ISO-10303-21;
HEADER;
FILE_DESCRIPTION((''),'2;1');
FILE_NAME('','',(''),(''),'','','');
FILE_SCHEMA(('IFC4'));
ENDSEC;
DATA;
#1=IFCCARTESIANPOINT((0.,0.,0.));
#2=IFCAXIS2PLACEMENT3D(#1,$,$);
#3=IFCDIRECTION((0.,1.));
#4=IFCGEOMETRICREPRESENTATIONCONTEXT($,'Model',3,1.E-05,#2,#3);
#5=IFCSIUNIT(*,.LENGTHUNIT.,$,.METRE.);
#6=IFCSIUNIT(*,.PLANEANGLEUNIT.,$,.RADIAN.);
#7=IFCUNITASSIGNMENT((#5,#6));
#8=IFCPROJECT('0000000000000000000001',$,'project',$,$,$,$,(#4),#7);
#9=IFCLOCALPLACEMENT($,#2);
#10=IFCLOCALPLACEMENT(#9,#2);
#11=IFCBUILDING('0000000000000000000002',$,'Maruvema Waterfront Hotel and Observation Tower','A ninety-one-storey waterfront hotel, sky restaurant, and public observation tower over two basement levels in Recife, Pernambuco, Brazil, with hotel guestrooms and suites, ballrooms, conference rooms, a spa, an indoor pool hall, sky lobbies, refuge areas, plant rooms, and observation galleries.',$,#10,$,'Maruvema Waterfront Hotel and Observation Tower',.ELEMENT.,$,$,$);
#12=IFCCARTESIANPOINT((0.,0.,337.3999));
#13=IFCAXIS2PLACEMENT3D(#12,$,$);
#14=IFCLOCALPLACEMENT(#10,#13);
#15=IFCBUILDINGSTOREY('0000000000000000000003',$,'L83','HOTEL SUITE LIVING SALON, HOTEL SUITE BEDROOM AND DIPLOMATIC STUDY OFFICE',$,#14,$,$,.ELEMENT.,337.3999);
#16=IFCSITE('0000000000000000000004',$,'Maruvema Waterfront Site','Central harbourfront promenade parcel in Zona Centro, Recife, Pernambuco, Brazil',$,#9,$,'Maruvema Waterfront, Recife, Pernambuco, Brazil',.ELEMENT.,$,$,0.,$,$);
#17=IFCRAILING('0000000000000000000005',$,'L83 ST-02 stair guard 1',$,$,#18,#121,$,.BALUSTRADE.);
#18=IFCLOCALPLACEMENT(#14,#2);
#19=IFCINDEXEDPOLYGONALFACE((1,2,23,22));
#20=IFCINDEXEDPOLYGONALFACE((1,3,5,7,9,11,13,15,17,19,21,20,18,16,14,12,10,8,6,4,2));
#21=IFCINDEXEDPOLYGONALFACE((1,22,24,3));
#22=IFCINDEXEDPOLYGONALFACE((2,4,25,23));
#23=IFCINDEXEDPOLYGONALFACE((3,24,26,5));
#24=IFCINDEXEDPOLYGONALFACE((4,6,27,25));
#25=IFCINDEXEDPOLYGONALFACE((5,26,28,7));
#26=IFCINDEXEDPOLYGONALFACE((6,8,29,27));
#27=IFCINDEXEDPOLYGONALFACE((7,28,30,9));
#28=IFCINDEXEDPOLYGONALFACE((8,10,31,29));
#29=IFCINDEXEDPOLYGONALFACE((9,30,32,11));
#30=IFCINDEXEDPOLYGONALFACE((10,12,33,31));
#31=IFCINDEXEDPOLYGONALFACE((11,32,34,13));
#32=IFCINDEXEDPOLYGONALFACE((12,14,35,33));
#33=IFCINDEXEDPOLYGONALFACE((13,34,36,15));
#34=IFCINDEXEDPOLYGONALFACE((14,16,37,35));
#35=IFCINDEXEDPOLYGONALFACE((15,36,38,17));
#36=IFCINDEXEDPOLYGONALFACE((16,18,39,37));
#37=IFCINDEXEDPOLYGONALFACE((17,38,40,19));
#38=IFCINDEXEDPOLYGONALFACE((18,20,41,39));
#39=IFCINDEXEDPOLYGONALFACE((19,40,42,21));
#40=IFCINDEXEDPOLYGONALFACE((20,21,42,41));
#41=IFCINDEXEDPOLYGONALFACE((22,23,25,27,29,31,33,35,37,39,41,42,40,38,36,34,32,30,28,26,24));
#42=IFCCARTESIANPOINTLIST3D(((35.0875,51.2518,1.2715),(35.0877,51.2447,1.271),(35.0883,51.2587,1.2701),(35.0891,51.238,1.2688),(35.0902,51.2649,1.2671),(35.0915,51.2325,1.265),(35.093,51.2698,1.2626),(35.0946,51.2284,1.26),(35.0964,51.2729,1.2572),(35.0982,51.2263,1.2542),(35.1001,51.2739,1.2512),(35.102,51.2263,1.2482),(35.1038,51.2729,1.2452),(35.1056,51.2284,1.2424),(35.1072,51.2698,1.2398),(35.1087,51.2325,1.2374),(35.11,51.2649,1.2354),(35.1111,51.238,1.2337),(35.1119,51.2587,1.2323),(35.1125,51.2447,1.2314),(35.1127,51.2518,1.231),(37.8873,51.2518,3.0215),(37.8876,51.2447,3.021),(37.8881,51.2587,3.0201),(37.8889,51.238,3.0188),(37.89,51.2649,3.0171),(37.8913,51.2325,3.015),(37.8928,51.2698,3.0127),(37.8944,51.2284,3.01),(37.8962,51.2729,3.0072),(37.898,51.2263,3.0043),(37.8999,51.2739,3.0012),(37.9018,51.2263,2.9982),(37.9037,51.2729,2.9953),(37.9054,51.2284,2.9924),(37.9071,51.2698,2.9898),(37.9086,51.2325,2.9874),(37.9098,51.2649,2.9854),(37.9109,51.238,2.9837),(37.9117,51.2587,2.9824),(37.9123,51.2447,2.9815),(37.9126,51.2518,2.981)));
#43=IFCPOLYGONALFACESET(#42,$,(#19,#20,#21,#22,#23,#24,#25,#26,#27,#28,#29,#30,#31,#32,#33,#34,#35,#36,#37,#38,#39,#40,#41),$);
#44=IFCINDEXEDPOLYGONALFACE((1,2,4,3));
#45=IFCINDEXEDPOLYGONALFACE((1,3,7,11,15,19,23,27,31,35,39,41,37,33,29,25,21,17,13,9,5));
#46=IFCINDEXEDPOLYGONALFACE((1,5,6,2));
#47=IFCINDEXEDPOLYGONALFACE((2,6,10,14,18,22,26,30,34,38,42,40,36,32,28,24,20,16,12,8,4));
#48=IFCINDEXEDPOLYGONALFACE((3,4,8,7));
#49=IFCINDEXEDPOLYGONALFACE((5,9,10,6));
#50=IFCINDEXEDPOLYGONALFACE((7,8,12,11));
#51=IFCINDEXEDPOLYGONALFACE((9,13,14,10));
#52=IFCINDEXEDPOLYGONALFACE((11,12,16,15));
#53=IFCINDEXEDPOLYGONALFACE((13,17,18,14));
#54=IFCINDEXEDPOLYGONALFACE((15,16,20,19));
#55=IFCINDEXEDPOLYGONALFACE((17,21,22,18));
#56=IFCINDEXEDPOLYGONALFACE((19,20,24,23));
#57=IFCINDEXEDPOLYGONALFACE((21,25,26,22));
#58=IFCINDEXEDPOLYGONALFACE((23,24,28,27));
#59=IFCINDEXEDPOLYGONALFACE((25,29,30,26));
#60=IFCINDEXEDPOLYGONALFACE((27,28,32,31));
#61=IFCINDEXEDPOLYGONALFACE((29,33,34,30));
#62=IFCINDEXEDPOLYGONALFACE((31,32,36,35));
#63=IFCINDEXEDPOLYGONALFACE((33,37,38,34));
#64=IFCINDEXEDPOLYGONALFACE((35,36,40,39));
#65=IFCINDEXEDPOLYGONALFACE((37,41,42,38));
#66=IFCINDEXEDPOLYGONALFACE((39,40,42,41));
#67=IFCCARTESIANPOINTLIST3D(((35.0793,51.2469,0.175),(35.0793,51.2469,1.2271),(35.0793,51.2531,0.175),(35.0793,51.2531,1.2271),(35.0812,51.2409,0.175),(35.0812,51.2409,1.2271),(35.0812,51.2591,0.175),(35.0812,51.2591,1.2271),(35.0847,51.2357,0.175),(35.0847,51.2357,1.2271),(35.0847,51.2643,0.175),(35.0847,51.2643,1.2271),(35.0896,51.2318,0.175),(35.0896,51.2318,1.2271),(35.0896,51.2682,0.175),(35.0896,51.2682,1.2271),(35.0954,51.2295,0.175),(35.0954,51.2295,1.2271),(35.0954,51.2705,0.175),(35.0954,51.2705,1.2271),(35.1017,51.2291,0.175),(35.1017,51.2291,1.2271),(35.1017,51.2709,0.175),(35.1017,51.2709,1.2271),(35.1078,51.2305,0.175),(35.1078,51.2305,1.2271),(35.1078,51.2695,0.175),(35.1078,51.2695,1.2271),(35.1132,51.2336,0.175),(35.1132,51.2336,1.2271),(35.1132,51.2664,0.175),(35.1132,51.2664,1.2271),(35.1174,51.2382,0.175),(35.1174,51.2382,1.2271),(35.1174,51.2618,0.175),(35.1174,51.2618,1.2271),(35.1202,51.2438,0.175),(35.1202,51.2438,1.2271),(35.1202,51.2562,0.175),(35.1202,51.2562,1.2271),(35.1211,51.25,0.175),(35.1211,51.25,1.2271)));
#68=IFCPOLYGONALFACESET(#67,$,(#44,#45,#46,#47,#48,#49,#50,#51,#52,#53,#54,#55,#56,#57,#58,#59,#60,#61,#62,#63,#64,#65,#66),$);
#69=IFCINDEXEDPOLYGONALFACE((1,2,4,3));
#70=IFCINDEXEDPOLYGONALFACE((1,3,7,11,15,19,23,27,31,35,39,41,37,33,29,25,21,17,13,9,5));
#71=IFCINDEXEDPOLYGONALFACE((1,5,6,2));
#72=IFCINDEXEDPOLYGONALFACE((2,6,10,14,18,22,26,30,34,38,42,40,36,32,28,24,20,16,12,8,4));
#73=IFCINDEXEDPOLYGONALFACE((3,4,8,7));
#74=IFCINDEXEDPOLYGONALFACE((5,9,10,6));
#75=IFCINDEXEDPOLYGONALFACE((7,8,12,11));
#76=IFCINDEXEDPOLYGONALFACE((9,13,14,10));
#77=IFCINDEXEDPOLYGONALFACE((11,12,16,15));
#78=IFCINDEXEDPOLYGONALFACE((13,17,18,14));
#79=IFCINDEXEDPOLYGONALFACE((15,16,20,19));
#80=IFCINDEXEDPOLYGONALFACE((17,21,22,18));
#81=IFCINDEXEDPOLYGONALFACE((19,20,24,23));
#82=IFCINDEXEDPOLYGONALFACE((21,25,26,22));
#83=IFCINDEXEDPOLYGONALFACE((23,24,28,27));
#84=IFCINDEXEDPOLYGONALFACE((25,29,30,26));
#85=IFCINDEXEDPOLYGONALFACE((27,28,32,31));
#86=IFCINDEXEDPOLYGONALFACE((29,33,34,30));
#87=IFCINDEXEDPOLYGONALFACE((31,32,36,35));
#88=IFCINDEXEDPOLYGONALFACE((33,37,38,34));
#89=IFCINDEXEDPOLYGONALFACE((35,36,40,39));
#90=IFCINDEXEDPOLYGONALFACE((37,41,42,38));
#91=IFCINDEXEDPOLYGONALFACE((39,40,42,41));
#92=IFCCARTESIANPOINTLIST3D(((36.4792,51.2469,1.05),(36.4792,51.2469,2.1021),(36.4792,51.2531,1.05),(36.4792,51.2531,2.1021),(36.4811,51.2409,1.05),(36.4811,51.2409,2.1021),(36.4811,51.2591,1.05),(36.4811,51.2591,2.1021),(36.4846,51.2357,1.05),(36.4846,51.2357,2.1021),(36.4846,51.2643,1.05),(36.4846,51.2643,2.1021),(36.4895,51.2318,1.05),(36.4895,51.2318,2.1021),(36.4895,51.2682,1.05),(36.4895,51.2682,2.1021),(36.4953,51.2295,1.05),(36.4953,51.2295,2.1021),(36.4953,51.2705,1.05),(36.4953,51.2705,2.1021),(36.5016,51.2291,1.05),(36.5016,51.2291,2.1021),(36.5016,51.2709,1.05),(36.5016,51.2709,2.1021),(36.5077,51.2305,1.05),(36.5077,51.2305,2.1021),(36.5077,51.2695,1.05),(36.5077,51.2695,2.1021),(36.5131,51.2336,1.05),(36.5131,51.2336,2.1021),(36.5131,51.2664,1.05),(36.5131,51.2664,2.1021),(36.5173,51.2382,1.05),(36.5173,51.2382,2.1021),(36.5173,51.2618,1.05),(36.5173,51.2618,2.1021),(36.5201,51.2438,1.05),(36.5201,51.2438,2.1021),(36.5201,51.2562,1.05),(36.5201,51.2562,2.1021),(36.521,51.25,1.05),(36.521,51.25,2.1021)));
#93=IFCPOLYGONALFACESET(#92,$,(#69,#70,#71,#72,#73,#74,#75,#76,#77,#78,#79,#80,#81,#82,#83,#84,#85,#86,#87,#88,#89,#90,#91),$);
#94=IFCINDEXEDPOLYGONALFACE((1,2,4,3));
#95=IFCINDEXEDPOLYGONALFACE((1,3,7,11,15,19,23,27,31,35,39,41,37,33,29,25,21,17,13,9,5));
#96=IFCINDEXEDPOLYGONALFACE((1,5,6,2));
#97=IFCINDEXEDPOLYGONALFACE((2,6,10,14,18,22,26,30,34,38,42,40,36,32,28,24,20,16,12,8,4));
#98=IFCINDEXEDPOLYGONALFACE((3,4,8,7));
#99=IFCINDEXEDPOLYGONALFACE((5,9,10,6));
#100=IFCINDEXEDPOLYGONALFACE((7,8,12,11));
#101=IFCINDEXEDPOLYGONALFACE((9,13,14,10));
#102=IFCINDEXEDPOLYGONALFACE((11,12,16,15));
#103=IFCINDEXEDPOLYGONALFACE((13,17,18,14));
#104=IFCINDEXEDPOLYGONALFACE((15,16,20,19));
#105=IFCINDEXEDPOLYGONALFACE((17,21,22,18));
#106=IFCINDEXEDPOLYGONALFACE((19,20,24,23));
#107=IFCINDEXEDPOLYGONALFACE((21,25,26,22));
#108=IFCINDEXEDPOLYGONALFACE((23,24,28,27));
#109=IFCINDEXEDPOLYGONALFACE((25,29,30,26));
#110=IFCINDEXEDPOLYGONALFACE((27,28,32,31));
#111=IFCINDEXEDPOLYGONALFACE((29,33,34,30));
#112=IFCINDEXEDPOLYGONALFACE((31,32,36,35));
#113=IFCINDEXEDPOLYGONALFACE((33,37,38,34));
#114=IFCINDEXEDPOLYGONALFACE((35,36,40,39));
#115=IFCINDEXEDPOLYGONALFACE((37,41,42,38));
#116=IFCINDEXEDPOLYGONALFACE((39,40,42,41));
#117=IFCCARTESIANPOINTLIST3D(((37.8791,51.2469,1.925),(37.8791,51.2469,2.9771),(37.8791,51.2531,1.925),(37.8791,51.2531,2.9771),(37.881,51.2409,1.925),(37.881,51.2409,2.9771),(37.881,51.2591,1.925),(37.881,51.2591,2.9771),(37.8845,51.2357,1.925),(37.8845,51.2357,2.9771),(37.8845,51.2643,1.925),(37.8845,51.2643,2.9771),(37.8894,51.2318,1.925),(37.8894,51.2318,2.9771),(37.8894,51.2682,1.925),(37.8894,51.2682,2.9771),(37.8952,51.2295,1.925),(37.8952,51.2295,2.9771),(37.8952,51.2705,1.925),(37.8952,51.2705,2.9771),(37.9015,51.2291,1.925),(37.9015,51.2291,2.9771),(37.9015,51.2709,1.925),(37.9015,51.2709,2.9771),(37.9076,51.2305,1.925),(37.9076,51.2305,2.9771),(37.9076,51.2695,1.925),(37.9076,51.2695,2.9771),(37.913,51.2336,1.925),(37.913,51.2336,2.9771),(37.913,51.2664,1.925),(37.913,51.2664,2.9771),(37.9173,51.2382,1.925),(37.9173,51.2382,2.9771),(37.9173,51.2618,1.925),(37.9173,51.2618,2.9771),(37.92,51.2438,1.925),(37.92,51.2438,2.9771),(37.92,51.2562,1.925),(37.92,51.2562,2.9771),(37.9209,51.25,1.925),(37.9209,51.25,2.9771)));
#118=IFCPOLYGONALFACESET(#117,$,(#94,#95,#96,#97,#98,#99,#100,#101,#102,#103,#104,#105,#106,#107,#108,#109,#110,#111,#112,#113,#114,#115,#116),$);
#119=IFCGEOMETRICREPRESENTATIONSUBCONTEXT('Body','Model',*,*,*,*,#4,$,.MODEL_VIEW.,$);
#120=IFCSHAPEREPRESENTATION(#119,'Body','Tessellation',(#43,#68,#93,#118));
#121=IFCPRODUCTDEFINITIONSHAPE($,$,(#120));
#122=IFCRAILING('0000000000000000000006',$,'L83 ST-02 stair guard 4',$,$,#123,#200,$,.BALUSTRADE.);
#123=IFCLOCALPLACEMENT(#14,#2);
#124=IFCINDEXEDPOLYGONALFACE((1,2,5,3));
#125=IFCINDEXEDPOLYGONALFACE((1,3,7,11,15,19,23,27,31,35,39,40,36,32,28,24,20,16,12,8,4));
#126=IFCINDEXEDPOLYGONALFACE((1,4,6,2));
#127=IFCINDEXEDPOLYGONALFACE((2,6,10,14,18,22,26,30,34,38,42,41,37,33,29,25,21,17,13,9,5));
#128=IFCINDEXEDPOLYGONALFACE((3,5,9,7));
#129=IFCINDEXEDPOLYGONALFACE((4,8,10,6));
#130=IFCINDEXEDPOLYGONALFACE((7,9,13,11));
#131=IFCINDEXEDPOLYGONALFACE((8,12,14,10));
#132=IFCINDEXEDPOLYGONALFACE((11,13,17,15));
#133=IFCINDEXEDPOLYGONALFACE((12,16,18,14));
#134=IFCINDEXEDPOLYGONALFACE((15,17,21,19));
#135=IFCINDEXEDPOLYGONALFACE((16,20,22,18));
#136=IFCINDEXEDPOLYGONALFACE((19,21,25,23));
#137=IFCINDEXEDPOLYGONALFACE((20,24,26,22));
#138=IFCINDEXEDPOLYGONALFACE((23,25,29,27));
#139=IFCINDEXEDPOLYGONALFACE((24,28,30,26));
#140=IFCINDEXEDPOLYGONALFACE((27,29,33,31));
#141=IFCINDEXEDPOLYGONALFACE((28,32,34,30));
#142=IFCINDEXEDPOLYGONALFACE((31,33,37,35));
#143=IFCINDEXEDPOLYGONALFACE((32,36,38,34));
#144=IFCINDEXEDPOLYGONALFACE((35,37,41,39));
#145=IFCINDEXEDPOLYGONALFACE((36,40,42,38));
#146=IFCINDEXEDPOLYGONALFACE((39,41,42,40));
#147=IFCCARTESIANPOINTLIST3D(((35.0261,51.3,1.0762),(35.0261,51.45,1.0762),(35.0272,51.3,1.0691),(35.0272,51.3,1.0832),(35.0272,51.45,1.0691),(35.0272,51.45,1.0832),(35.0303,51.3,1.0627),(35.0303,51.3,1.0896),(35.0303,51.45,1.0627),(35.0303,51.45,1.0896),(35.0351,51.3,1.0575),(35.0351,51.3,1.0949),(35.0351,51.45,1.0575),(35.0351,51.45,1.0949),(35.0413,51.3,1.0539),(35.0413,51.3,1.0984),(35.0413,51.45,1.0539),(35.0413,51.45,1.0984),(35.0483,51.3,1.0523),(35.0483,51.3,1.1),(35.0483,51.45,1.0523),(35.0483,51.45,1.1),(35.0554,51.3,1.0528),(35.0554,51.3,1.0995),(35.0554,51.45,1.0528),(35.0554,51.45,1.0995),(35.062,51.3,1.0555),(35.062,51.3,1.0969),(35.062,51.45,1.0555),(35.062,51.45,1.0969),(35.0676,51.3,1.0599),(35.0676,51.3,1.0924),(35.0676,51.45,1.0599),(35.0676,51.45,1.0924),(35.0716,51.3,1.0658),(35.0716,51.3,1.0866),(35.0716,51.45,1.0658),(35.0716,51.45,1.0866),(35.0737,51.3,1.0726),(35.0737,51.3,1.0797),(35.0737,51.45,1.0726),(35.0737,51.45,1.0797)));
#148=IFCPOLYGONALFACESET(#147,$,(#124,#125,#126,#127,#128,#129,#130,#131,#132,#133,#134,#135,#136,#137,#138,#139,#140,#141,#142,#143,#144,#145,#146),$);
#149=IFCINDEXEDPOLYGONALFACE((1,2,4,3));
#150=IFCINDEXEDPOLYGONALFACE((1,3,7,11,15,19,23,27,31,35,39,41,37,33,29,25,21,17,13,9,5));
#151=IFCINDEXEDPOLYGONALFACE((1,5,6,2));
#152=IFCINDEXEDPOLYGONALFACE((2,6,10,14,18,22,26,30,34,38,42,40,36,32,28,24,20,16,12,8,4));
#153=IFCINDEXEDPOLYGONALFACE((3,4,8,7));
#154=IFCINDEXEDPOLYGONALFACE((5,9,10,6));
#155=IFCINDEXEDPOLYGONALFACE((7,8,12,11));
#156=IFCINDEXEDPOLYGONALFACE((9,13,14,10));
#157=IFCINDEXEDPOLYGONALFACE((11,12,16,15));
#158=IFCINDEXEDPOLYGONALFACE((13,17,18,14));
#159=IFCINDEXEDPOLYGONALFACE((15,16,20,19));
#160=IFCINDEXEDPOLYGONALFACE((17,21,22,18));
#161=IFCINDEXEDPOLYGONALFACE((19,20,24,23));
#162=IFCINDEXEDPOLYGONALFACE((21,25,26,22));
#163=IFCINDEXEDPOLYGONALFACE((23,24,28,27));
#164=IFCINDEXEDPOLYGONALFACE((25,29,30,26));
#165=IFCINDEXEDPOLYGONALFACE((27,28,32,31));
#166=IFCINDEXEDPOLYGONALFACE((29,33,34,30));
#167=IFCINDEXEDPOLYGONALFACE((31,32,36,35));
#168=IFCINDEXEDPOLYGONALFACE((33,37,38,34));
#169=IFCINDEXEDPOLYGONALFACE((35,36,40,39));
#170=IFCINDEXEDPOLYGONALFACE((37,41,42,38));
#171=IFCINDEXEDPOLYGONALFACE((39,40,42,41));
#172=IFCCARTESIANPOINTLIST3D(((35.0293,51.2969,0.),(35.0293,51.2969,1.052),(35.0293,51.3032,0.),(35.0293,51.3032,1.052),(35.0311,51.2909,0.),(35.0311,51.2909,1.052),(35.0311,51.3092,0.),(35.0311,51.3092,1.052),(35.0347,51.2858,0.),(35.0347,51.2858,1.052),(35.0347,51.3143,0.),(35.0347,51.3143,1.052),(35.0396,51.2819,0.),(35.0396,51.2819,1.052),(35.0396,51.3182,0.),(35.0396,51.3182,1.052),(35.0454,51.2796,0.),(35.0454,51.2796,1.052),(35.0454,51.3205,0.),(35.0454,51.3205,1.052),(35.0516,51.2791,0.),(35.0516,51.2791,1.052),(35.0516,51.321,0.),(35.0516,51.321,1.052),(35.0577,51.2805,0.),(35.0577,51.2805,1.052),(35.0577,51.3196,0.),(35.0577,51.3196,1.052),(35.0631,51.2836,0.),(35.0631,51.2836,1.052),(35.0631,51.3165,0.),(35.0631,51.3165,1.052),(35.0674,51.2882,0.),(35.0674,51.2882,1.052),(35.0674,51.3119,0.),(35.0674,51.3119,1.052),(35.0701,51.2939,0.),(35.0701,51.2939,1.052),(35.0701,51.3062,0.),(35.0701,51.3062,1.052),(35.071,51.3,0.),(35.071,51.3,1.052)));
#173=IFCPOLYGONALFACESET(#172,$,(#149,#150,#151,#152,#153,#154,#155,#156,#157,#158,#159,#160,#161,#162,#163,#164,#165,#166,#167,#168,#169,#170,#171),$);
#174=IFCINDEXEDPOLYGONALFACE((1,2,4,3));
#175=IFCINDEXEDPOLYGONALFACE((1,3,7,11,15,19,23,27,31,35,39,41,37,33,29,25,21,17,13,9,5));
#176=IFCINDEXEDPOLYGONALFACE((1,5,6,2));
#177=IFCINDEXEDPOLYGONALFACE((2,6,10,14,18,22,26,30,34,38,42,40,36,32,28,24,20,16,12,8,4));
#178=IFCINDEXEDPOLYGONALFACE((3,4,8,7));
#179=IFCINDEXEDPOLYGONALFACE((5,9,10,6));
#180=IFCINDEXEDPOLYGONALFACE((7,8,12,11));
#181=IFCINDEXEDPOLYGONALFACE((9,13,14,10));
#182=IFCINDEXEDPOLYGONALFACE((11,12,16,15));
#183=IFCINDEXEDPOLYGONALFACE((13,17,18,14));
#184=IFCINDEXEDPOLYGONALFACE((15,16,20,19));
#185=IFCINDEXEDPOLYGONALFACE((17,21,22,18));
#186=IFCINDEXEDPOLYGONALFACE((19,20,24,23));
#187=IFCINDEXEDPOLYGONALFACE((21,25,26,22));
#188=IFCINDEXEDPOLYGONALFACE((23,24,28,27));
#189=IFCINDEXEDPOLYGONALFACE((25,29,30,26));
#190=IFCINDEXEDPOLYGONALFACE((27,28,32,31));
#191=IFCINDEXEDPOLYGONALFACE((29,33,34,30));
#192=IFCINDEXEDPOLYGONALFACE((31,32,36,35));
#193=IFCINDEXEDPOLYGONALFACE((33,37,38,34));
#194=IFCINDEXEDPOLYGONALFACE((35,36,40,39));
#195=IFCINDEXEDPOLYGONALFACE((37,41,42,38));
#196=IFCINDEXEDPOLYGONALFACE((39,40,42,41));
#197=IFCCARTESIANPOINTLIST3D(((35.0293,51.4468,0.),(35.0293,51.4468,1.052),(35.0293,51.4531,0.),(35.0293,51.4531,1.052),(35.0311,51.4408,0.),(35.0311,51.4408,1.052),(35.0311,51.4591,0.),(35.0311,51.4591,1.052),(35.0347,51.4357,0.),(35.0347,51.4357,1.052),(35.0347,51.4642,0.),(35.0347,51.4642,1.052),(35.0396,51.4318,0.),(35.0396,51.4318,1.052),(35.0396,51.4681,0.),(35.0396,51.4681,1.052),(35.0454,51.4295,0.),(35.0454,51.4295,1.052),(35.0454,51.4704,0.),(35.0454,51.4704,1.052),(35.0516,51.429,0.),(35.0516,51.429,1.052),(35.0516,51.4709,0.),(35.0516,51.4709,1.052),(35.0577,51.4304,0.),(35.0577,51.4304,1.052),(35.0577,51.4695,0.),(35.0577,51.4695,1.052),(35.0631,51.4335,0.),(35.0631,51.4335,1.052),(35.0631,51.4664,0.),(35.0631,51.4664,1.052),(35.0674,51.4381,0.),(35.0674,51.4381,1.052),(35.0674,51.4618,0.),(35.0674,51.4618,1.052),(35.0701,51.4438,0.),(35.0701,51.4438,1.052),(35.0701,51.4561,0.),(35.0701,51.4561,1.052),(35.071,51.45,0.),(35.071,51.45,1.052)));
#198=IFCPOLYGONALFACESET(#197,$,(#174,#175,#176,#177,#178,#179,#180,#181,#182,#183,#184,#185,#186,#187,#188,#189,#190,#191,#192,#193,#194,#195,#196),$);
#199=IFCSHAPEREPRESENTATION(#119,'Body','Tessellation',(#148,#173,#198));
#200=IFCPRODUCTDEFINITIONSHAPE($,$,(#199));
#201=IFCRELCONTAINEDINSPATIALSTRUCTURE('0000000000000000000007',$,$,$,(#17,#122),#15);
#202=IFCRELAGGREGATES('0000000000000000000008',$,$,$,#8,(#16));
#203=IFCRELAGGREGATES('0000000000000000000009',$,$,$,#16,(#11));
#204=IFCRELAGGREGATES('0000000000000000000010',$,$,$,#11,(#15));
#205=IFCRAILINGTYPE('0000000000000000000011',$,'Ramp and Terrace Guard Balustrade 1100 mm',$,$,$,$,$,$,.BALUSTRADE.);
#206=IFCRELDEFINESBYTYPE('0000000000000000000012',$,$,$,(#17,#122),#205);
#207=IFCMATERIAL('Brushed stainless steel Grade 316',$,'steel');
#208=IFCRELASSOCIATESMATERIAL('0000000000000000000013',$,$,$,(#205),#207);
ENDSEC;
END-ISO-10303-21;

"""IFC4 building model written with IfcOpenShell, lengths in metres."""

from ifc_helpers import new_model, si_unit, direction, frame, origin, origin_2d, place, context, subcontext, project, spatial, circle, extrude, material, type_object, element, save


model = new_model("IFC4")

# Units and contexts
model_context = context("Model", 3, precision=1e-05, world=origin(), true_north=direction((0.0, 1.0)))
body_context = subcontext(model_context, "Body", "Model", "MODEL_VIEW")
ifc_project = project(units=[si_unit("LENGTHUNIT", "METRE"), si_unit("PLANEANGLEUNIT", "RADIAN")], contexts=[model_context])

# Site, building, storey
site_placement = place(None, origin())
site = spatial("IfcSite", under=ifc_project, at=site_placement, Name="Maruvema Waterfront Site", Description="Central harbourfront promenade parcel in Zona Centro, Recife, Pernambuco, Brazil", LongName="Maruvema Waterfront, Recife, Pernambuco, Brazil", CompositionType="ELEMENT", RefElevation=0.0)
building_placement = place(site_placement, origin())
building = spatial("IfcBuilding", under=site, at=building_placement, Name="Maruvema Waterfront Hotel and Observation Tower", Description="A ninety-one-storey waterfront hotel, sky restaurant, and public observation tower over two basement levels in Recife, Pernambuco, Brazil, with hotel guestrooms and suites, ballrooms, conference rooms, a spa, an indoor pool hall, sky lobbies, refuge areas, plant rooms, and observation galleries.", LongName="Maruvema Waterfront Hotel and Observation Tower", CompositionType="ELEMENT")
storey_placement = place(building_placement, frame((0.0, 0.0, 337.3999)))
storey = spatial("IfcBuildingStorey", under=building, at=storey_placement, Name="L83", Description="HOTEL SUITE LIVING SALON, HOTEL SUITE BEDROOM AND DIPLOMATIC STUDY OFFICE", CompositionType="ELEMENT", Elevation=337.3999)

# Railings
ifc_material_1 = material(Name="Brushed stainless steel Grade 316", Category="steel")
railing_type_1 = type_object("IfcRailingType", Name="Ramp and Terrace Guard Balustrade 1100 mm", PredefinedType="BALUSTRADE", material=ifc_material_1)
railing_1_placement = place(storey_placement, frame((35.1001, 51.25, 0.175)))
element("IfcRailing", 1, at=railing_1_placement, inside=storey, type_object=railing_type_1, Name="L83 ST-02 stair guard 1", PredefinedType="BALUSTRADE", context=body_context, shape_type="SweptSolid", body=[
    extrude(circle(Radius=0.0239, at=origin_2d()), frame((0.0, 0.0, 1.0762), z_axis=(0.847982, 0.0, 0.530026), x_axis=(0.0, 1.0, 0.0)), (0.0, 0.0, 1.0), 3.3018),
    extrude(circle(Radius=0.021, at=origin_2d()), origin(), (0.0, 0.0, 1.0), 1.052),
    extrude(circle(Radius=0.021, at=origin_2d()), frame((1.3999, 0.0, 0.875)), (0.0, 0.0, 1.0), 1.052),
    extrude(circle(Radius=0.021, at=origin_2d()), frame((2.7998, 0.0, 1.75)), (0.0, 0.0, 1.0), 1.052),
])
railing_2_placement = place(storey_placement, frame((35.05, 51.3, 0.0)))
element("IfcRailing", 2, at=railing_2_placement, inside=storey, type_object=railing_type_1, Name="L83 ST-02 stair guard 4", PredefinedType="BALUSTRADE", context=body_context, shape_type="SweptSolid", body=[
    extrude(circle(Radius=0.0239, at=origin_2d()), frame((0.0, 0.0, 1.0762), z_axis=(0.0, 1.0, 0.0), x_axis=(-1.0, 0.0, 0.0)), (0.0, 0.0, 1.0), 0.1499),
    extrude(circle(Radius=0.021, at=origin_2d()), origin(), (0.0, 0.0, 1.0), 1.052),
    extrude(circle(Radius=0.021, at=origin_2d()), frame((0.0, 0.1499, 0.0)), (0.0, 0.0, 1.0), 1.052),
])

save(model, "model.ifc")
